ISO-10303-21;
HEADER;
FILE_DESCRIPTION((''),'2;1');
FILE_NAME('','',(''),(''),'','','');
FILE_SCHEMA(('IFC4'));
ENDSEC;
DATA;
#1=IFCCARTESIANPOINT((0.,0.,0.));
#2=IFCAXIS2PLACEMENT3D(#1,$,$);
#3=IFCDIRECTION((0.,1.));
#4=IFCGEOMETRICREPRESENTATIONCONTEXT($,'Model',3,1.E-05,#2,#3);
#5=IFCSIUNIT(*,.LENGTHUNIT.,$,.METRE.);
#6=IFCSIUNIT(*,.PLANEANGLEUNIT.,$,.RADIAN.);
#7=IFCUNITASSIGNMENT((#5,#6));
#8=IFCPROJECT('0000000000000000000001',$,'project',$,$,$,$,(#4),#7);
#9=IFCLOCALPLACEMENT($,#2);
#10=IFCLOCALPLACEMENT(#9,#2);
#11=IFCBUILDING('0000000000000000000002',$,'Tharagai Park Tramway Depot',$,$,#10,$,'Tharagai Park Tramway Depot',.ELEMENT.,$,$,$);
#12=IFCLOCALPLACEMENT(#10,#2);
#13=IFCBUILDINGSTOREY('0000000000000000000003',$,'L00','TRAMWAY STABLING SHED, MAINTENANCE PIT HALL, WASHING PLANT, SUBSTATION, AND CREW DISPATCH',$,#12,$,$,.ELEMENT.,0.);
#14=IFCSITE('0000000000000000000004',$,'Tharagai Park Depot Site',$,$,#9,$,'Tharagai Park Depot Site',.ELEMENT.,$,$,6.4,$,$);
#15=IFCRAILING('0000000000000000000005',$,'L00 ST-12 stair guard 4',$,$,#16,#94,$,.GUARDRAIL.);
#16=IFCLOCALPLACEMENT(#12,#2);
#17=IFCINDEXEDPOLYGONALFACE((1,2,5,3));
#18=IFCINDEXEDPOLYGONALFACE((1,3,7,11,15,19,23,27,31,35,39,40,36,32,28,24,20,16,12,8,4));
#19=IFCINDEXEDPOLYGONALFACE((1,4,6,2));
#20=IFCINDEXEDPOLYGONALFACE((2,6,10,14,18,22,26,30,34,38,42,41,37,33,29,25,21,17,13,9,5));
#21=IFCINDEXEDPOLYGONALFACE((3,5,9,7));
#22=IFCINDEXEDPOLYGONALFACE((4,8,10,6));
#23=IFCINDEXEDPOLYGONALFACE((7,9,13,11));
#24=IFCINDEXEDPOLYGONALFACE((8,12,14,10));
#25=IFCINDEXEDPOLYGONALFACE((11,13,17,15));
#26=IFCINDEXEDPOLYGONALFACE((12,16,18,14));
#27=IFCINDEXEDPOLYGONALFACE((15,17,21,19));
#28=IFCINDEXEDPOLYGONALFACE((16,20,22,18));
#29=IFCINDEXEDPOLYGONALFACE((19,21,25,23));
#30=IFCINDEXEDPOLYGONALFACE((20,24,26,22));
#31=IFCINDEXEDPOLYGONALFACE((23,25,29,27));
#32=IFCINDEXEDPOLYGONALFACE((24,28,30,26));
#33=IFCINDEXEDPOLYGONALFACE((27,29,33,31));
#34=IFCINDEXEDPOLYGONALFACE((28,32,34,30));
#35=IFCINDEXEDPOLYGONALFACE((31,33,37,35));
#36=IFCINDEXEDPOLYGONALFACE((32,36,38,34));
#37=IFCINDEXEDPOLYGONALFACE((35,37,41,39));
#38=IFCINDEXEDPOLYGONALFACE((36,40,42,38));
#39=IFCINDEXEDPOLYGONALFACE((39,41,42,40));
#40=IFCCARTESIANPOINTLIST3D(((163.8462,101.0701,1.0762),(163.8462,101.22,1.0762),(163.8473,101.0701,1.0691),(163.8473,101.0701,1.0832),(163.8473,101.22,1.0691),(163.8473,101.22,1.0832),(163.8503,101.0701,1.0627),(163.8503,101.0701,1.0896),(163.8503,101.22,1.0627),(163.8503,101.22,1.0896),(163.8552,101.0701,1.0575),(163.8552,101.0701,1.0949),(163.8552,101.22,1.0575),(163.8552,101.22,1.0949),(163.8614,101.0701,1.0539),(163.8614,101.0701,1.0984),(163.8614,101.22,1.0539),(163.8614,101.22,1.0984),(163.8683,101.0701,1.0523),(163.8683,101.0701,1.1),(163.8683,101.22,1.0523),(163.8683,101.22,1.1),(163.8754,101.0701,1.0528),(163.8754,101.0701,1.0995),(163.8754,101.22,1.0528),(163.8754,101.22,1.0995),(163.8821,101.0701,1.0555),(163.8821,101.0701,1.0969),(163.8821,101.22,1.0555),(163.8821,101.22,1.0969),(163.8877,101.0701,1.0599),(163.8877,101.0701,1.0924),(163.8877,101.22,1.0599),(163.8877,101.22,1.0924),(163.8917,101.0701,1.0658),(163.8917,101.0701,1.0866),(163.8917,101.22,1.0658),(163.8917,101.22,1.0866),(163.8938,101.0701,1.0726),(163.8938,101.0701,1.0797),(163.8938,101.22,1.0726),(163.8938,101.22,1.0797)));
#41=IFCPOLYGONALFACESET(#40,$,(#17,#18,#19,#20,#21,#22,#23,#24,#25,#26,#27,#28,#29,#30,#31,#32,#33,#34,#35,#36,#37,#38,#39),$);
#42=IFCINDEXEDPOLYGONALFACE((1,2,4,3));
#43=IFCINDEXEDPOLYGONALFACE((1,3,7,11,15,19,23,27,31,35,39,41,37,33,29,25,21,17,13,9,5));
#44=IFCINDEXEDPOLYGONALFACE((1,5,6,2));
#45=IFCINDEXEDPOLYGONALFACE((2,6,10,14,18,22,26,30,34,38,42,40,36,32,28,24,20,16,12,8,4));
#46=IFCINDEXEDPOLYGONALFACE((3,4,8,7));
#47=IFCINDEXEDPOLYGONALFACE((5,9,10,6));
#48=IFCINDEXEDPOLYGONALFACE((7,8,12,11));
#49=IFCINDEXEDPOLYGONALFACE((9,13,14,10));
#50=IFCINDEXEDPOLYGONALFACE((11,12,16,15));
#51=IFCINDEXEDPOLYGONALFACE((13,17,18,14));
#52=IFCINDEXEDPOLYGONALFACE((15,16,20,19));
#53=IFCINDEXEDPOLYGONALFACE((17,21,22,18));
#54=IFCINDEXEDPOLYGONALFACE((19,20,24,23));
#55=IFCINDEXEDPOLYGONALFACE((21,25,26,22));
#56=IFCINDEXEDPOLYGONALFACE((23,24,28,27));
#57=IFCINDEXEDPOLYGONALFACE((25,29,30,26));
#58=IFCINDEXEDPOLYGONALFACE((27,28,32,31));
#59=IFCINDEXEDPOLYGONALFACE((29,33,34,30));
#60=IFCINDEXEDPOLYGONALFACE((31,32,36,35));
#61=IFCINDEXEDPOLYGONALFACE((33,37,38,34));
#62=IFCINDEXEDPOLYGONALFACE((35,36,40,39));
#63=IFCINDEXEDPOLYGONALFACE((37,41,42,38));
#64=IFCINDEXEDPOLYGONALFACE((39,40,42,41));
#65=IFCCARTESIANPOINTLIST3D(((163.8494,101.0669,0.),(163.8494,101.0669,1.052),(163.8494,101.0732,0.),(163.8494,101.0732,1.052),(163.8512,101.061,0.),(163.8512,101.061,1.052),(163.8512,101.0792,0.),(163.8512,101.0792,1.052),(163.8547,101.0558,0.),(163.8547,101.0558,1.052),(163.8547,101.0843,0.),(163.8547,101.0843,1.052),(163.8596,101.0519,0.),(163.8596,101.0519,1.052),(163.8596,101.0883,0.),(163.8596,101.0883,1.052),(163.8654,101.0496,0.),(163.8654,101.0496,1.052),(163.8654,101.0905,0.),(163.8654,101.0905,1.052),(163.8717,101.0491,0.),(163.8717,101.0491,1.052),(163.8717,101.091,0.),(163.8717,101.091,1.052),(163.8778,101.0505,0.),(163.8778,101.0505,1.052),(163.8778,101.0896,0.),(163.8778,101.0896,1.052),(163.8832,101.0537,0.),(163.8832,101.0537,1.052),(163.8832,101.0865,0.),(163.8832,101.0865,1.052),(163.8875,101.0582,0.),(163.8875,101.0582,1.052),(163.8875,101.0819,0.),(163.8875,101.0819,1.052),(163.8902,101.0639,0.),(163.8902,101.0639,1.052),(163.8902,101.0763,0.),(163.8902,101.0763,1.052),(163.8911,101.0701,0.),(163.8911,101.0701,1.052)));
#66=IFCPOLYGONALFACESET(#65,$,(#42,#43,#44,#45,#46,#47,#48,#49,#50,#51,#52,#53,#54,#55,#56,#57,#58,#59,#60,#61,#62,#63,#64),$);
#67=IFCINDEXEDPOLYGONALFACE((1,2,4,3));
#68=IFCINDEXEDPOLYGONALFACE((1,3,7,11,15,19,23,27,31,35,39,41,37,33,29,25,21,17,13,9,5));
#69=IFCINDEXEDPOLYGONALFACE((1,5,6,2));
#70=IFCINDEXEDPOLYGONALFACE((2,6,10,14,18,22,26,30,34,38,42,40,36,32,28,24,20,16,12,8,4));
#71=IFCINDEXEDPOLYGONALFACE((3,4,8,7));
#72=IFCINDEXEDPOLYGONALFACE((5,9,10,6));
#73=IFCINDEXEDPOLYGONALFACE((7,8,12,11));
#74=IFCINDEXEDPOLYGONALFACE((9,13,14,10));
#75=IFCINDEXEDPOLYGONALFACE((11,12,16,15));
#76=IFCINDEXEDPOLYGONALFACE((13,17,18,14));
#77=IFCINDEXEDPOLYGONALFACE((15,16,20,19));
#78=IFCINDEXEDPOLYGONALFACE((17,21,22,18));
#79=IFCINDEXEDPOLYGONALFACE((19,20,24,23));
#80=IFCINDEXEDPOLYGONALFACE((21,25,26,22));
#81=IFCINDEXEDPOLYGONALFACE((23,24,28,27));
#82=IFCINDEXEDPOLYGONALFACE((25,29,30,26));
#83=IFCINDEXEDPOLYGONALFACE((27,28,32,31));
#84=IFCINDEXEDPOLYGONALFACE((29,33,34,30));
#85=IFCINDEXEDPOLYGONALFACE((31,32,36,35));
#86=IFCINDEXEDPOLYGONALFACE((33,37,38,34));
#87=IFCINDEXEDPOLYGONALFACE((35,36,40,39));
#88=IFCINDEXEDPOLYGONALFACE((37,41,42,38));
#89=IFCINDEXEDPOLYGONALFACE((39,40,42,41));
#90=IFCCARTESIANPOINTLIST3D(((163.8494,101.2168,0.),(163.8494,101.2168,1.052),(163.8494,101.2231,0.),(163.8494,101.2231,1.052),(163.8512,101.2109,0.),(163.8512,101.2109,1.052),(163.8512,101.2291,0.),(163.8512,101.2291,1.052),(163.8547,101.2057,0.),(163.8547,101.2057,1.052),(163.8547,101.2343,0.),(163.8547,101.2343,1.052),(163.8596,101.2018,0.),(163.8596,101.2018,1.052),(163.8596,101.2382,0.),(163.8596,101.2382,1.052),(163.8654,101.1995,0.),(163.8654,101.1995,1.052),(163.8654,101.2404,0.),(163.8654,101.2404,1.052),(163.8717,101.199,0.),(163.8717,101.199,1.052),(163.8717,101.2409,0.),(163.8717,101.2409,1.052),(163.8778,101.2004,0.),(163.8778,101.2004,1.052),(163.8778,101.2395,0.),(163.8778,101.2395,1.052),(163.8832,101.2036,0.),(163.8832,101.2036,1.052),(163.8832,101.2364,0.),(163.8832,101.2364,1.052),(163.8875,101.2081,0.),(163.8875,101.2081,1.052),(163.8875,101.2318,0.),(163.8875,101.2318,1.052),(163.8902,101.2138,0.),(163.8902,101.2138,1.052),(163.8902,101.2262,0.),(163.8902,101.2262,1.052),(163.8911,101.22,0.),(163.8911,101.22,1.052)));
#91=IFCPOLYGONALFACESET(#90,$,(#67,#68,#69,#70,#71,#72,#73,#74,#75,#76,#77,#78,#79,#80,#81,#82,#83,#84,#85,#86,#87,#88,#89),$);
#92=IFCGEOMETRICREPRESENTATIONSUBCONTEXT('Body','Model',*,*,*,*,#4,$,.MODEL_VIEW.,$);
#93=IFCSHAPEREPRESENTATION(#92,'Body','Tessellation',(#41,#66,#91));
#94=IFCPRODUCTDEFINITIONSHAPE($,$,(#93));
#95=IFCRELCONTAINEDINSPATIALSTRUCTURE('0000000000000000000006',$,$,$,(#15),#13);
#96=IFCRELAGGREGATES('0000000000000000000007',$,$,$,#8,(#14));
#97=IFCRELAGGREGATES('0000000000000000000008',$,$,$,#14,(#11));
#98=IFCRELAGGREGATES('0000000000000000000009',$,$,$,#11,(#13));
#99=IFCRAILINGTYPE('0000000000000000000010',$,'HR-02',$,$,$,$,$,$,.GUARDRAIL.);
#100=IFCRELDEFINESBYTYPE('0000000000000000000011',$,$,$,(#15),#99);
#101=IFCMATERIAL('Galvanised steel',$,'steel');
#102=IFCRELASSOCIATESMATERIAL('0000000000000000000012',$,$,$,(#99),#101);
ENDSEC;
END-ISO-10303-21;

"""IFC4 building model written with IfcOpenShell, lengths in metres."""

from ifc_helpers import new_model, si_unit, direction, frame, origin, origin_2d, place, context, subcontext, project, spatial, circle, extrude, material, type_object, element, save


model = new_model("IFC4")

# Units and contexts
model_context = context("Model", 3, precision=1e-05, world=origin(), true_north=direction((0.0, 1.0)))
body_context = subcontext(model_context, "Body", "Model", "MODEL_VIEW")
ifc_project = project(units=[si_unit("LENGTHUNIT", "METRE"), si_unit("PLANEANGLEUNIT", "RADIAN")], contexts=[model_context])

# Site, building, storey
site_placement = place(None, origin())
site = spatial("IfcSite", under=ifc_project, at=site_placement, Name="Tharagai Park Depot Site", LongName="Tharagai Park Depot Site", CompositionType="ELEMENT", RefElevation=6.4)
building_placement = place(site_placement, origin())
building = spatial("IfcBuilding", under=site, at=building_placement, Name="Tharagai Park Tramway Depot", LongName="Tharagai Park Tramway Depot", CompositionType="ELEMENT")
storey_placement = place(building_placement, origin())
storey = spatial("IfcBuildingStorey", under=building, at=storey_placement, Name="L00", Description="TRAMWAY STABLING SHED, MAINTENANCE PIT HALL, WASHING PLANT, SUBSTATION, AND CREW DISPATCH", CompositionType="ELEMENT", Elevation=0.0)

# Shared definitions
ifc_material_1 = material(Name="Galvanised steel", Category="steel")

# Railing
railing_type_1 = type_object("IfcRailingType", Name="HR-02", PredefinedType="GUARDRAIL", material=ifc_material_1)
railing_1_placement = place(storey_placement, frame((163.8701, 101.0701, 0.0)))
element("IfcRailing", 1, at=railing_1_placement, inside=storey, type_object=railing_type_1, Name="L00 ST-12 stair guard 4", PredefinedType="GUARDRAIL", context=body_context, shape_type="SweptSolid", body=[
    extrude(circle(Radius=0.0239, at=origin_2d()), frame((0.0, 0.0, 1.0762), z_axis=(0.0, 1.0, 0.0), x_axis=(-1.0, 0.0, 0.0)), (0.0, 0.0, 1.0), 0.1499),
    extrude(circle(Radius=0.021, at=origin_2d()), origin(), (0.0, 0.0, 1.0), 1.052),
    extrude(circle(Radius=0.021, at=origin_2d()), frame((0.0, 0.1499, 0.0)), (0.0, 0.0, 1.0), 1.052),
])

save(model, "model.ifc")
